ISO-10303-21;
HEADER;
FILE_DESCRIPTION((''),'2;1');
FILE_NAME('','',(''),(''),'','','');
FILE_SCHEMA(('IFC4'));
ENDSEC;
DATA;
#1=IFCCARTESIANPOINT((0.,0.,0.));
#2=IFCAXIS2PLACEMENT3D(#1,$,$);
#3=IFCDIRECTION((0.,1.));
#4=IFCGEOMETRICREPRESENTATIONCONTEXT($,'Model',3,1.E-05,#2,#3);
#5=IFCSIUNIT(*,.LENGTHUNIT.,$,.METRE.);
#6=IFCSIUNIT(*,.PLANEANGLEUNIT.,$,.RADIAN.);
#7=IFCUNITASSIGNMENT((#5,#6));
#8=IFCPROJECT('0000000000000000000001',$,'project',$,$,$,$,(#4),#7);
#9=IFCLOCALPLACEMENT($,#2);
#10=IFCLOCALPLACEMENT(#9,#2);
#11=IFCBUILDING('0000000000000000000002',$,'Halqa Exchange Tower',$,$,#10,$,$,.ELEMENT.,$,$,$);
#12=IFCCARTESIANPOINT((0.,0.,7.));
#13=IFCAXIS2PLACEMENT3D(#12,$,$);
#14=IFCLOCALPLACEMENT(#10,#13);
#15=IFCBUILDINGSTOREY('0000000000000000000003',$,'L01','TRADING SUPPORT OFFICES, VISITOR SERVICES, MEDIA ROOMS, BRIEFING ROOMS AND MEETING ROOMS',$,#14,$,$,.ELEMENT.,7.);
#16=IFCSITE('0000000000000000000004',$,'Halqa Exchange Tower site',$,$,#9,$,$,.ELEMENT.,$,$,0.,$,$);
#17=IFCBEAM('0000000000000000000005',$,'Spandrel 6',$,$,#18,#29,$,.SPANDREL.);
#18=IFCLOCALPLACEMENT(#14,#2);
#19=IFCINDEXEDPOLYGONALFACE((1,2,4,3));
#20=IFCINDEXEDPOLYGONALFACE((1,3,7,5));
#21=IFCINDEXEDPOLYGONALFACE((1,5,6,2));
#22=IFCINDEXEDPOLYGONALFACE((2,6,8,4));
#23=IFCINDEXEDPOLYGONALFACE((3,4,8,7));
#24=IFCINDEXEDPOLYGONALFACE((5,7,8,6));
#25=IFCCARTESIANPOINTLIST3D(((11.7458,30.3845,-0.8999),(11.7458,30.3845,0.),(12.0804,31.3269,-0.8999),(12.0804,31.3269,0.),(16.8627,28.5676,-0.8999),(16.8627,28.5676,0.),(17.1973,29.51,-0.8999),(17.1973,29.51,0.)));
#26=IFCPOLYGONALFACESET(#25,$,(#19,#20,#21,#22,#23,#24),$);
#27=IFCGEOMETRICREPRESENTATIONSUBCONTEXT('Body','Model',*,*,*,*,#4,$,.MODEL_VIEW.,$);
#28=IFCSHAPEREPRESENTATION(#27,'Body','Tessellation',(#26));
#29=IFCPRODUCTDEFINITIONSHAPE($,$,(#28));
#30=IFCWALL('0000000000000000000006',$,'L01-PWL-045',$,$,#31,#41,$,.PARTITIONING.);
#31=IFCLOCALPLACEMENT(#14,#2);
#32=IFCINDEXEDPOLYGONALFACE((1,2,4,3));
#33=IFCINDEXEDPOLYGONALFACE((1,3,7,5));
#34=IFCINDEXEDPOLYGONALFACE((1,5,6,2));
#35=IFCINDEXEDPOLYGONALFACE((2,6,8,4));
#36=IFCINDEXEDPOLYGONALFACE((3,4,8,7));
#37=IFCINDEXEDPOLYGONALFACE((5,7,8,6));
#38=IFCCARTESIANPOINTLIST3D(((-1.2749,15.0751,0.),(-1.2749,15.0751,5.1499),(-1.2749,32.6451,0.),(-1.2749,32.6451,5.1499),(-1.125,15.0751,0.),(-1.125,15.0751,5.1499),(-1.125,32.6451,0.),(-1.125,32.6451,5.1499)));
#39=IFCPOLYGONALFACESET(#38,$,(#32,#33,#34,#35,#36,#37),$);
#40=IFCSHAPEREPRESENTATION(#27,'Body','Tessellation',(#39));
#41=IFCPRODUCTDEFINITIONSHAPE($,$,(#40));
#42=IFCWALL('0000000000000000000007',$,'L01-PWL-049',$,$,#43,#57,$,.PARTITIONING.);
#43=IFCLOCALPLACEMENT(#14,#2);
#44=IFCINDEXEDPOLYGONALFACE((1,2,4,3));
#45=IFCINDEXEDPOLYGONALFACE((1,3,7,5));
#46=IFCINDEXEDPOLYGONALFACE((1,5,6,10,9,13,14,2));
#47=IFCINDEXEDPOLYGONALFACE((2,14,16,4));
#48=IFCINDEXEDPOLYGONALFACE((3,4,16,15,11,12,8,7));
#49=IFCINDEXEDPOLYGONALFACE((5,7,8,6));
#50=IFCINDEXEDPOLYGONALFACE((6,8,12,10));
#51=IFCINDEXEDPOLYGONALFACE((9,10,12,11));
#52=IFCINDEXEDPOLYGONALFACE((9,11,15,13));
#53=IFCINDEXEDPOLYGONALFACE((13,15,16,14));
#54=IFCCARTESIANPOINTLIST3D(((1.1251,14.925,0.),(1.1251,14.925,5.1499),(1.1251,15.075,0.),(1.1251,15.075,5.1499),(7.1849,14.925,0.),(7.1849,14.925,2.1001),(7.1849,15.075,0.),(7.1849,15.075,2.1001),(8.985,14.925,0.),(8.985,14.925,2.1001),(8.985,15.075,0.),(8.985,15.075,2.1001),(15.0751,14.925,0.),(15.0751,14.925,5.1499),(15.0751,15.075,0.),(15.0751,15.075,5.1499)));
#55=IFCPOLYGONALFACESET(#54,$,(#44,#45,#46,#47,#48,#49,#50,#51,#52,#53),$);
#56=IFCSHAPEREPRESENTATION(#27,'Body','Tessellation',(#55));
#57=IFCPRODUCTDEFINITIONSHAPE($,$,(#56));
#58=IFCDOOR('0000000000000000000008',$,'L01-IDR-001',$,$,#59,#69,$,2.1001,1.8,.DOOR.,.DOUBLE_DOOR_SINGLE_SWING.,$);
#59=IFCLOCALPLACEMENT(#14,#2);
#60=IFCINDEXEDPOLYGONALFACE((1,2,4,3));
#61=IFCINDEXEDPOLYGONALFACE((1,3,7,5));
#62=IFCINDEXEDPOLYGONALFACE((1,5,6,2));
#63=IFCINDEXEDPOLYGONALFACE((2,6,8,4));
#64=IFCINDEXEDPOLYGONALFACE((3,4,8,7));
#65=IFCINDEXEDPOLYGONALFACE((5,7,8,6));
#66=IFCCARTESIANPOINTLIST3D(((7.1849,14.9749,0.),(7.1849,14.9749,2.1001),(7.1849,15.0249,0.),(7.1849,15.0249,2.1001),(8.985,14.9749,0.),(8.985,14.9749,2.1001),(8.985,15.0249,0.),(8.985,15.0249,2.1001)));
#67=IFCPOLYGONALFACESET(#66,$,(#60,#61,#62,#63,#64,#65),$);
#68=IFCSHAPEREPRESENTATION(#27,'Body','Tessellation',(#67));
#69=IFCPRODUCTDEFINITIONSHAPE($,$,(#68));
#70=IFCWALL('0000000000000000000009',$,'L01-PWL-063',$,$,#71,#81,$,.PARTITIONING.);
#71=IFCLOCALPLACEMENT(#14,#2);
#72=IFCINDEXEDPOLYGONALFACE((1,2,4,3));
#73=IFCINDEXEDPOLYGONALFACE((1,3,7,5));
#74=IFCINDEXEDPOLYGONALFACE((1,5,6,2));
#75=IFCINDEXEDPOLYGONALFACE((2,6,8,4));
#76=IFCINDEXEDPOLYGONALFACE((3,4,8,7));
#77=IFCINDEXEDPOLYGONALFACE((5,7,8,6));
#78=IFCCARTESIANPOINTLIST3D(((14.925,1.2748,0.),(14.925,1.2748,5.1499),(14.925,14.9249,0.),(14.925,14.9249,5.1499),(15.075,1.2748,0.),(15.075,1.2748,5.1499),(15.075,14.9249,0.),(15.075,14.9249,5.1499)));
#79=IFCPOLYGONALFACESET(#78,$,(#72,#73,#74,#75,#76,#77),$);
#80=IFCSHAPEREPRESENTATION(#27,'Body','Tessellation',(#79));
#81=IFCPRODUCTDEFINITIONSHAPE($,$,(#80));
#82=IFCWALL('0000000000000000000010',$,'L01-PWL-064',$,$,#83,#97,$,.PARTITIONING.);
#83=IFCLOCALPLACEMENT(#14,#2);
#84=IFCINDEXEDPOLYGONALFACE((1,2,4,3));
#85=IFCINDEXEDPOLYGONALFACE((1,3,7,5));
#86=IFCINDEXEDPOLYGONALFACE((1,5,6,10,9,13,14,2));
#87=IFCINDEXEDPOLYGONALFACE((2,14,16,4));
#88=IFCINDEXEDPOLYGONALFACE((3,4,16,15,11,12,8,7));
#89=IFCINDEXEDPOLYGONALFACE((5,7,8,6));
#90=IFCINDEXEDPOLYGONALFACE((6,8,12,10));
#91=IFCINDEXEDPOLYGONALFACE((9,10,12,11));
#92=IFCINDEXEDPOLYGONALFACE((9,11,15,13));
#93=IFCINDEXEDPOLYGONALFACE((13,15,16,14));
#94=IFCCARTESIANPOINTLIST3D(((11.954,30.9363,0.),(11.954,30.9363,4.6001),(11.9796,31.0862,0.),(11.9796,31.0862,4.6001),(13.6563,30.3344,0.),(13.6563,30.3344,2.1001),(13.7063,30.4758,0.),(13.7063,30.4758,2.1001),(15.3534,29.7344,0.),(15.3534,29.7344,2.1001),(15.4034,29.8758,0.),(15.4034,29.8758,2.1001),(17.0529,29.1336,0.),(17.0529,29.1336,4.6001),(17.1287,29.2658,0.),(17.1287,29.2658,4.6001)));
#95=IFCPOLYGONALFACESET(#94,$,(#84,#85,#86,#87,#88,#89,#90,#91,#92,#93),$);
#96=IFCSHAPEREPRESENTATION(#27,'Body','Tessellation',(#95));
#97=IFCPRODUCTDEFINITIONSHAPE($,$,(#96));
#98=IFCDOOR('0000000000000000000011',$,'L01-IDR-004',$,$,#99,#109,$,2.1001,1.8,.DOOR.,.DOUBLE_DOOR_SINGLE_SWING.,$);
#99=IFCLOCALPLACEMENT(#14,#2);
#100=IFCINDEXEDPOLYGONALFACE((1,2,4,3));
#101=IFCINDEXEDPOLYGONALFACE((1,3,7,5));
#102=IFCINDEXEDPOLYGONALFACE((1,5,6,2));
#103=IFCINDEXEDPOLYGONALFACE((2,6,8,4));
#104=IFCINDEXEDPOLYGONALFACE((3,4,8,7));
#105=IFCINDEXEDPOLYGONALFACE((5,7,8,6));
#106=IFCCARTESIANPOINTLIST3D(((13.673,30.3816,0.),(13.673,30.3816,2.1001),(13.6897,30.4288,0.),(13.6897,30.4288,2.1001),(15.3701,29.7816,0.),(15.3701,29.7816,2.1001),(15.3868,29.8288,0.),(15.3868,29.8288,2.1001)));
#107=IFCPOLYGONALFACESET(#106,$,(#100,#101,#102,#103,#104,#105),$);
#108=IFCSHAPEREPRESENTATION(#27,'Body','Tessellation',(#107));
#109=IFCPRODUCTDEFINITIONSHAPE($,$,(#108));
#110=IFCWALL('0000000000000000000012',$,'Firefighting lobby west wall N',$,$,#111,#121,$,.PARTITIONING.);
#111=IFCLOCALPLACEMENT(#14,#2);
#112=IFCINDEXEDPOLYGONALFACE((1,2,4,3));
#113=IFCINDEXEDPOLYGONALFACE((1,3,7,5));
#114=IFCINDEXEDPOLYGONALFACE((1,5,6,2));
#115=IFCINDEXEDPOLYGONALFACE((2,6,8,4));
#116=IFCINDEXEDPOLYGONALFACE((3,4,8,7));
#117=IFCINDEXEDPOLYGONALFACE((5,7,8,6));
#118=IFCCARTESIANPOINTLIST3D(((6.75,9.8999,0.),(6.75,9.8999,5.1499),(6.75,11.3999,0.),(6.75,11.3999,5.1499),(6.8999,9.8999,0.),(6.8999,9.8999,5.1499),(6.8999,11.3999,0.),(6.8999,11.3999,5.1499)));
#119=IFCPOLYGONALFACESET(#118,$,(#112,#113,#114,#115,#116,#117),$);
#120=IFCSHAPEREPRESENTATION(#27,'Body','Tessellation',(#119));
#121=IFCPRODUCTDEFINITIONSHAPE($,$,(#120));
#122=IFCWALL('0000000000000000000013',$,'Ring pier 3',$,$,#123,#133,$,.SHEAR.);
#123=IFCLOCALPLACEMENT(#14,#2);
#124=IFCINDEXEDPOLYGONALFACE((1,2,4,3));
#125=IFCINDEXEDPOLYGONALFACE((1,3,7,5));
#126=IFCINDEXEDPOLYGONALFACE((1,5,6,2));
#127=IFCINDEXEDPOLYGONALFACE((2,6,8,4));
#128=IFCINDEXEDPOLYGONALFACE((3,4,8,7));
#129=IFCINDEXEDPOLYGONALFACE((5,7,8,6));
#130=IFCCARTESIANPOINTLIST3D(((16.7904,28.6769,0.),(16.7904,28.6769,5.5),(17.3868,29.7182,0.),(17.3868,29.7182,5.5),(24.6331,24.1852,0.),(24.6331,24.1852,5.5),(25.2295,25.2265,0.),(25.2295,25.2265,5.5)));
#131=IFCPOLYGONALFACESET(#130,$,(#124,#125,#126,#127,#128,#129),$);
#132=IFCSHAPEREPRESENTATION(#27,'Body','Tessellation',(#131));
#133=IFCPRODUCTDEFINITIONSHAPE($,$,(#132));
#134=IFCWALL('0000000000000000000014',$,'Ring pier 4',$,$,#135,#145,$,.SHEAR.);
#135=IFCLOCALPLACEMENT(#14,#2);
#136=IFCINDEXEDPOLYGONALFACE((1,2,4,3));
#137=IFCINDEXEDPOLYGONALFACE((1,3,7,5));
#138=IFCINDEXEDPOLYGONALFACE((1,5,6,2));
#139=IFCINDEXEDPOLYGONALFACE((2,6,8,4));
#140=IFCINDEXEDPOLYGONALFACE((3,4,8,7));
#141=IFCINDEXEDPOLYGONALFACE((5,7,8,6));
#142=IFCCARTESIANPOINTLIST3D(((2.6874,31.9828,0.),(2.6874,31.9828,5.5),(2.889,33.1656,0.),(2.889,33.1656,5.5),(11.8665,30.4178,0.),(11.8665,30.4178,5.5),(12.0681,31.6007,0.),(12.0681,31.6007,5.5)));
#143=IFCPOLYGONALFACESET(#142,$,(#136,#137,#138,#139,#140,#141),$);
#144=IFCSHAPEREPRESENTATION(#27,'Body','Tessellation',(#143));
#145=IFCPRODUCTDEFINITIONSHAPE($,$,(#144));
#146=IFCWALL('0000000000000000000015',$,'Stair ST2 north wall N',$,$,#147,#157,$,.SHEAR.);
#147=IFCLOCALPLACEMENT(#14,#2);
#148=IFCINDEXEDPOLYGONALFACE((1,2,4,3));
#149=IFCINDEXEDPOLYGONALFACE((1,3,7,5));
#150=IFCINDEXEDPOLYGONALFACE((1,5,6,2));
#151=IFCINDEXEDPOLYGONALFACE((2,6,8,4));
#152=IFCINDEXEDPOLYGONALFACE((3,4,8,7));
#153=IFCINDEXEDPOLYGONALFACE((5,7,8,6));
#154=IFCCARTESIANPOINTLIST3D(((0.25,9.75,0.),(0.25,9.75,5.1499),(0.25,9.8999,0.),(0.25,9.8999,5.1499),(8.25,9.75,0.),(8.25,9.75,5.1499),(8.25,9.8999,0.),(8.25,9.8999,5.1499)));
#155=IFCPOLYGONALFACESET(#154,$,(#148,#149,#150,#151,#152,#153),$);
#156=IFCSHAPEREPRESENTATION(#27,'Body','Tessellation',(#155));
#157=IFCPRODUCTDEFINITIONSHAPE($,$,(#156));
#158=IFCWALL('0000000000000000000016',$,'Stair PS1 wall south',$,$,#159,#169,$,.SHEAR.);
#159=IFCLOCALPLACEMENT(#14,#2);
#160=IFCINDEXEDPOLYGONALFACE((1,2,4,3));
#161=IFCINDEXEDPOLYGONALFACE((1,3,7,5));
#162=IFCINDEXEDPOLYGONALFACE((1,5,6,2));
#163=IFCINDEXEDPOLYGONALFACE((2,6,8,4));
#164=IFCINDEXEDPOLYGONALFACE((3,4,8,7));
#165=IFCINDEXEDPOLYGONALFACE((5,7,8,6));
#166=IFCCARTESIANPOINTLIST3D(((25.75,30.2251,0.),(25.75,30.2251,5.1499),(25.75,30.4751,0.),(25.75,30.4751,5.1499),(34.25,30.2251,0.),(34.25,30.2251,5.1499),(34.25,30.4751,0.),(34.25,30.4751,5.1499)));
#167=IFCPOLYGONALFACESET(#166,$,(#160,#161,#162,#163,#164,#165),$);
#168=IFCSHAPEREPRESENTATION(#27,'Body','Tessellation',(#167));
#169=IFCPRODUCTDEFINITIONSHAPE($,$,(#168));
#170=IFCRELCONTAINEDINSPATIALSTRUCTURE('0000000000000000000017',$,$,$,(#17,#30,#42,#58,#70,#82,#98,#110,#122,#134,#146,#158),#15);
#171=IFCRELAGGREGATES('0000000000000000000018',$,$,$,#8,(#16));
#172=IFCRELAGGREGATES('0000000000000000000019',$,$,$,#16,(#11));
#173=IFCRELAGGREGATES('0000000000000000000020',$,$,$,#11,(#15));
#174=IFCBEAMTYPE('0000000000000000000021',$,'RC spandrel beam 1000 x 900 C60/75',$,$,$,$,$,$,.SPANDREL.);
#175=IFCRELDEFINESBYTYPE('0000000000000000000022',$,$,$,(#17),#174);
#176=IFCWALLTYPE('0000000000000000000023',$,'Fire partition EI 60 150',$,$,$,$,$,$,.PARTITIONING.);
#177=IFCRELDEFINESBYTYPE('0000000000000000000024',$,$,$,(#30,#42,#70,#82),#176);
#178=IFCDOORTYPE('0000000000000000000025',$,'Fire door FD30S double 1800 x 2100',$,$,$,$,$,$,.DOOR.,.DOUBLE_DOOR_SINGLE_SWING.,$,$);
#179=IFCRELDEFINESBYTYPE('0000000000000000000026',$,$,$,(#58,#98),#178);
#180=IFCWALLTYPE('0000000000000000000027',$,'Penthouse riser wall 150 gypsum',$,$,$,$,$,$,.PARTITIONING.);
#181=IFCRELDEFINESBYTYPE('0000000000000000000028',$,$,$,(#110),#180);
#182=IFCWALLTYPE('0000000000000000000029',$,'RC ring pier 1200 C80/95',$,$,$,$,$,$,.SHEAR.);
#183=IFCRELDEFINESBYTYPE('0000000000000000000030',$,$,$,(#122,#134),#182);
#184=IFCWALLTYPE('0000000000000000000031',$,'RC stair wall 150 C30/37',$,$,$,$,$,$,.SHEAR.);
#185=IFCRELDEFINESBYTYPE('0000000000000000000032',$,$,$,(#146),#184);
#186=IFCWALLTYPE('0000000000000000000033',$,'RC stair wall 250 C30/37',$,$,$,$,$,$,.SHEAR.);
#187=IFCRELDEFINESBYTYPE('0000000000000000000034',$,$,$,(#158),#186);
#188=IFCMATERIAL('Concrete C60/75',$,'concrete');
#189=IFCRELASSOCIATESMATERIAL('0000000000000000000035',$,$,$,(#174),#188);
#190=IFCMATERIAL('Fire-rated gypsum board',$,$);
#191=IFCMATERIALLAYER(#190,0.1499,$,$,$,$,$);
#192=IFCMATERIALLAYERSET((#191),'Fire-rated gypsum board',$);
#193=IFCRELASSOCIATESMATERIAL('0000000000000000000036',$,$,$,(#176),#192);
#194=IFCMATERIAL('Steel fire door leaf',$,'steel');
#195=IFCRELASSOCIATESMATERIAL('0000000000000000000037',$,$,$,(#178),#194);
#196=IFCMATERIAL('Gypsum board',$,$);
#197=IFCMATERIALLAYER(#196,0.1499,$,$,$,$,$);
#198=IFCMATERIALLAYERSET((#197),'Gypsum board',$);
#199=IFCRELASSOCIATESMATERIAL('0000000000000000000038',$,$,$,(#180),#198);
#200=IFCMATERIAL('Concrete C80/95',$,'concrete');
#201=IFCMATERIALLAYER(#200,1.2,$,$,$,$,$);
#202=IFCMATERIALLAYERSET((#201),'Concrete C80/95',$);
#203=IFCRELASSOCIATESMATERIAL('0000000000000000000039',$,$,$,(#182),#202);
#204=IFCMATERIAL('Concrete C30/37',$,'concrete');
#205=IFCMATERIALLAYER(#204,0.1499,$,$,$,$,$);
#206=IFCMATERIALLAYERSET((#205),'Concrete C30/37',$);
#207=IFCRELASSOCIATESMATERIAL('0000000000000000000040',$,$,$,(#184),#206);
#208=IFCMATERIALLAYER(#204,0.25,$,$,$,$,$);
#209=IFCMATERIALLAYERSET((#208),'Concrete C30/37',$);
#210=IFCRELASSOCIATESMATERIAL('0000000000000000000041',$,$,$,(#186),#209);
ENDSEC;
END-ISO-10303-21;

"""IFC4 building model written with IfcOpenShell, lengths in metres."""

from ifc_helpers import new_model, si_unit, direction, frame, frame_2d, origin, origin_2d, place, context, subcontext, project, spatial, polyline, rectangle, outline, extrude, material, layer, layer_set, material_profile, profile_set, type_object, element, fill, save


model = new_model("IFC4")

# Units and contexts
model_context = context("Model", 3, precision=1e-05, world=origin(), true_north=direction((0.0, 1.0)))
body_context = subcontext(model_context, "Body", "Model", "MODEL_VIEW")
ifc_project = project(units=[si_unit("LENGTHUNIT", "METRE"), si_unit("PLANEANGLEUNIT", "RADIAN")], contexts=[model_context])

# Site, building, storey
site_placement = place(None, origin())
site = spatial("IfcSite", under=ifc_project, at=site_placement, Name="Halqa Exchange Tower site", CompositionType="ELEMENT", RefElevation=0.0)
building_placement = place(site_placement, origin())
building = spatial("IfcBuilding", under=site, at=building_placement, Name="Halqa Exchange Tower", CompositionType="ELEMENT")
storey_placement = place(building_placement, frame((0.0, 0.0, 7.0)))
storey = spatial("IfcBuildingStorey", under=building, at=storey_placement, Name="L01", Description="TRADING SUPPORT OFFICES, VISITOR SERVICES, MEDIA ROOMS, BRIEFING ROOMS AND MEETING ROOMS", CompositionType="ELEMENT", Elevation=7.0)

# Beam
ifc_material_1 = material(Name="Concrete C60/75", Category="concrete")
ifc_material_profile_1 = material_profile(ifc_material_1, rectangle(XDim=1.0, YDim=0.8999, at=origin_2d()), Name="1000 x 900")
ifc_profile_set_1 = profile_set([ifc_material_profile_1], Name="Concrete C60/75")
beam_type_1 = type_object("IfcBeamType", Name="RC spandrel beam 1000 x 900 C60/75", PredefinedType="SPANDREL", material=ifc_profile_set_1)
beam_1_placement = place(storey_placement, frame((17.03, 29.0388, -0.45), z_axis=(-0.942358, 0.334607, 0.0), x_axis=(-0.334607, -0.942358, 0.0)))
element("IfcBeam", 1, at=beam_1_placement, inside=storey, type_object=beam_type_1, Name="Spandrel 6", PredefinedType="SPANDREL", context=body_context, shape_type="SweptSolid", body=[
    extrude(rectangle(XDim=1.0, YDim=0.8999, at=origin_2d()), origin(), (0.0, 0.0, 1.0), 5.4299),
])

# Wall
ifc_material_2 = material(Name="Fire-rated gypsum board")
ifc_layer_1 = layer(ifc_material_2, 0.1499)
ifc_layer_set_1 = layer_set([ifc_layer_1], Name="Fire-rated gypsum board")
wall_type_1 = type_object("IfcWallType", Name="Fire partition EI 60 150", PredefinedType="PARTITIONING", material=ifc_layer_set_1)
wall_1_placement = place(storey_placement, frame((-1.2, 15.075, 0.0), z_axis=(0.0, 0.0, 1.0), x_axis=(0.0, 1.0, 0.0)))
element("IfcWall", 2, at=wall_1_placement, inside=storey, type_object=wall_type_1, Name="L01-PWL-045", PredefinedType="PARTITIONING", context=body_context, shape_type="SweptSolid", body=[
    extrude(rectangle(XDim=17.5701, YDim=0.1499, at=frame_2d((8.7852, 0.0))), origin(), (0.0, 0.0, 1.0), 5.1499),
])

# Wall, opening, door
wall_2_placement = place(storey_placement, frame((1.125, 15.0, 0.0), z_axis=(0.0, 0.0, 1.0), x_axis=(1.0, 0.0, 0.0)))
wall_2 = element("IfcWall", 3, at=wall_2_placement, inside=storey, type_object=wall_type_1, Name="L01-PWL-049", PredefinedType="PARTITIONING", context=body_context, shape_type="SweptSolid", body=[
    extrude(rectangle(XDim=13.95, YDim=0.1499, at=frame_2d((6.9751, 0.0))), origin(), (0.0, 0.0, 1.0), 5.1499),
])
opening_1_placement = place(wall_2_placement, frame((6.0601, 0.0, 0.0)))
opening_1 = element("IfcOpeningElement", 4, at=opening_1_placement, cuts=wall_2, PredefinedType="OPENING", context=body_context, shape_type="SweptSolid", body=[
    extrude(rectangle(XDim=1.8, YDim=2.1001, at=frame_2d((0.8999, 1.05))), frame((0.0, 0.0869, 0.0), z_axis=(0.0, -1.0, 0.0), x_axis=(1.0, 0.0, 0.0)), (0.0, 0.0, 1.0), 0.1738),
])
ifc_material_3 = material(Name="Steel fire door leaf", Category="steel")
door_type_1 = type_object("IfcDoorType", Name="Fire door FD30S double 1800 x 2100", OperationType="DOUBLE_DOOR_SINGLE_SWING", PredefinedType="DOOR", material=ifc_material_3)
door_1_placement = place(opening_1_placement, origin())
door_1 = element("IfcDoor", 5, at=door_1_placement, inside=storey, type_object=door_type_1, Name="L01-IDR-001", OperationType="DOUBLE_DOOR_SINGLE_SWING", OverallHeight=2.1001, OverallWidth=1.8, PredefinedType="DOOR", context=body_context, shape_type="SweptSolid", body=[
    extrude(rectangle(XDim=1.8, YDim=2.1001, at=frame_2d((0.8999, 1.05))), frame((0.0, 0.0249, 0.0), z_axis=(0.0, -1.0, 0.0), x_axis=(1.0, 0.0, 0.0)), (0.0, 0.0, 1.0), 0.05),
])
fill(opening_1, door_1)

# Wall
wall_3_placement = place(storey_placement, frame((15.0, 14.925, 0.0), z_axis=(0.0, 0.0, 1.0), x_axis=(0.0, -1.0, 0.0)))
element("IfcWall", 6, at=wall_3_placement, inside=storey, type_object=wall_type_1, Name="L01-PWL-063", PredefinedType="PARTITIONING", context=body_context, shape_type="SweptSolid", body=[
    extrude(rectangle(XDim=13.6501, YDim=0.1499, at=frame_2d((6.8252, 0.0))), origin(), (0.0, 0.0, 1.0), 5.1499),
])

# Wall, opening, door
wall_4_placement = place(storey_placement, frame((17.0908, 29.1997, 0.0), z_axis=(0.0, 0.0, 1.0), x_axis=(-0.942814, 0.333318, 0.0)))
wall_4 = element("IfcWall", 7, at=wall_4_placement, inside=storey, type_object=wall_type_1, Name="L01-PWL-064", PredefinedType="PARTITIONING", context=body_context, shape_type="SweptSolid", body=[
    extrude(outline(polyline([(-0.0137, -0.075), (5.4478, -0.075), (5.4219, 0.075), (0.0137, 0.075), (-0.0137, -0.075)])), origin(), (0.0, 0.0, 1.0), 4.6001),
])
opening_2_placement = place(wall_4_placement, frame((1.8164, 0.0, 0.0)))
opening_2 = element("IfcOpeningElement", 8, at=opening_2_placement, cuts=wall_4, PredefinedType="OPENING", context=body_context, shape_type="SweptSolid", body=[
    extrude(rectangle(XDim=1.8, YDim=2.1001, at=frame_2d((0.8999, 1.05))), frame((0.0, 0.0869, 0.0), z_axis=(0.0, -1.0, 0.0), x_axis=(1.0, 0.0, 0.0)), (0.0, 0.0, 1.0), 0.1738),
])
door_2_placement = place(opening_2_placement, origin())
door_2 = element("IfcDoor", 9, at=door_2_placement, inside=storey, type_object=door_type_1, Name="L01-IDR-004", OperationType="DOUBLE_DOOR_SINGLE_SWING", OverallHeight=2.1001, OverallWidth=1.8, PredefinedType="DOOR", context=body_context, shape_type="SweptSolid", body=[
    extrude(rectangle(XDim=1.8, YDim=2.1001, at=frame_2d((0.8999, 1.05))), frame((0.0, 0.0249, 0.0), z_axis=(0.0, -1.0, 0.0), x_axis=(1.0, 0.0, 0.0)), (0.0, 0.0, 1.0), 0.05),
])
fill(opening_2, door_2)

# Walls
ifc_material_4 = material(Name="Gypsum board")
ifc_layer_2 = layer(ifc_material_4, 0.1499)
ifc_layer_set_2 = layer_set([ifc_layer_2], Name="Gypsum board")
wall_type_2 = type_object("IfcWallType", Name="Penthouse riser wall 150 gypsum", PredefinedType="PARTITIONING", material=ifc_layer_set_2)
wall_5_placement = place(storey_placement, frame((6.825, 9.8999, 0.0), z_axis=(0.0, 0.0, 1.0), x_axis=(0.0, 1.0, 0.0)))
element("IfcWall", 10, at=wall_5_placement, inside=storey, type_object=wall_type_2, Name="Firefighting lobby west wall N", PredefinedType="PARTITIONING", context=body_context, shape_type="SweptSolid", body=[
    extrude(rectangle(XDim=1.5, YDim=0.1499, at=frame_2d((0.75, 0.0))), origin(), (0.0, 0.0, 1.0), 5.1499),
])
ifc_material_5 = material(Name="Concrete C80/95", Category="concrete")
ifc_layer_3 = layer(ifc_material_5, 1.2)
ifc_layer_set_3 = layer_set([ifc_layer_3], Name="Concrete C80/95")
wall_type_3 = type_object("IfcWallType", Name="RC ring pier 1200 C80/95", PredefinedType="SHEAR", material=ifc_layer_set_3)
wall_6_placement = place(storey_placement, frame((24.9314, 24.7058, 0.0), z_axis=(0.0, 0.0, 1.0), x_axis=(-0.867761, 0.496982, 0.0)))
element("IfcWall", 11, at=wall_6_placement, inside=storey, type_object=wall_type_3, Name="Ring pier 3", PredefinedType="SHEAR", context=body_context, shape_type="SweptSolid", body=[
    extrude(rectangle(XDim=9.0378, YDim=1.2, at=frame_2d((4.519, 0.0))), origin(), (0.0, 0.0, 1.0), 5.5),
])
wall_7_placement = place(storey_placement, frame((11.9673, 31.0093, 0.0), z_axis=(0.0, 0.0, 1.0), x_axis=(-0.985776, 0.168063, 0.0)))
element("IfcWall", 12, at=wall_7_placement, inside=storey, type_object=wall_type_3, Name="Ring pier 4", PredefinedType="SHEAR", context=body_context, shape_type="SweptSolid", body=[
    extrude(rectangle(XDim=9.3115, YDim=1.2, at=frame_2d((4.6558, 0.0))), origin(), (0.0, 0.0, 1.0), 5.5),
])
ifc_material_6 = material(Name="Concrete C30/37", Category="concrete")
ifc_layer_4 = layer(ifc_material_6, 0.1499)
ifc_layer_set_4 = layer_set([ifc_layer_4], Name="Concrete C30/37")
wall_type_4 = type_object("IfcWallType", Name="RC stair wall 150 C30/37", PredefinedType="SHEAR", material=ifc_layer_set_4)
wall_8_placement = place(storey_placement, frame((0.25, 9.825, 0.0), z_axis=(0.0, 0.0, 1.0), x_axis=(1.0, 0.0, 0.0)))
element("IfcWall", 13, at=wall_8_placement, inside=storey, type_object=wall_type_4, Name="Stair ST2 north wall N", PredefinedType="SHEAR", context=body_context, shape_type="SweptSolid", body=[
    extrude(rectangle(XDim=8.0, YDim=0.1499, at=frame_2d((4.0, 0.0))), origin(), (0.0, 0.0, 1.0), 5.1499),
])
ifc_layer_5 = layer(ifc_material_6, 0.25)
ifc_layer_set_5 = layer_set([ifc_layer_5], Name="Concrete C30/37")
wall_type_5 = type_object("IfcWallType", Name="RC stair wall 250 C30/37", PredefinedType="SHEAR", material=ifc_layer_set_5)
wall_9_placement = place(storey_placement, frame((25.75, 30.3501, 0.0), z_axis=(0.0, 0.0, 1.0), x_axis=(1.0, 0.0, 0.0)))
element("IfcWall", 14, at=wall_9_placement, inside=storey, type_object=wall_type_5, Name="Stair PS1 wall south", PredefinedType="SHEAR", context=body_context, shape_type="SweptSolid", body=[
    extrude(rectangle(XDim=8.5, YDim=0.25, at=frame_2d((4.25, 0.0))), origin(), (0.0, 0.0, 1.0), 5.1499),
])

save(model, "model.ifc")
